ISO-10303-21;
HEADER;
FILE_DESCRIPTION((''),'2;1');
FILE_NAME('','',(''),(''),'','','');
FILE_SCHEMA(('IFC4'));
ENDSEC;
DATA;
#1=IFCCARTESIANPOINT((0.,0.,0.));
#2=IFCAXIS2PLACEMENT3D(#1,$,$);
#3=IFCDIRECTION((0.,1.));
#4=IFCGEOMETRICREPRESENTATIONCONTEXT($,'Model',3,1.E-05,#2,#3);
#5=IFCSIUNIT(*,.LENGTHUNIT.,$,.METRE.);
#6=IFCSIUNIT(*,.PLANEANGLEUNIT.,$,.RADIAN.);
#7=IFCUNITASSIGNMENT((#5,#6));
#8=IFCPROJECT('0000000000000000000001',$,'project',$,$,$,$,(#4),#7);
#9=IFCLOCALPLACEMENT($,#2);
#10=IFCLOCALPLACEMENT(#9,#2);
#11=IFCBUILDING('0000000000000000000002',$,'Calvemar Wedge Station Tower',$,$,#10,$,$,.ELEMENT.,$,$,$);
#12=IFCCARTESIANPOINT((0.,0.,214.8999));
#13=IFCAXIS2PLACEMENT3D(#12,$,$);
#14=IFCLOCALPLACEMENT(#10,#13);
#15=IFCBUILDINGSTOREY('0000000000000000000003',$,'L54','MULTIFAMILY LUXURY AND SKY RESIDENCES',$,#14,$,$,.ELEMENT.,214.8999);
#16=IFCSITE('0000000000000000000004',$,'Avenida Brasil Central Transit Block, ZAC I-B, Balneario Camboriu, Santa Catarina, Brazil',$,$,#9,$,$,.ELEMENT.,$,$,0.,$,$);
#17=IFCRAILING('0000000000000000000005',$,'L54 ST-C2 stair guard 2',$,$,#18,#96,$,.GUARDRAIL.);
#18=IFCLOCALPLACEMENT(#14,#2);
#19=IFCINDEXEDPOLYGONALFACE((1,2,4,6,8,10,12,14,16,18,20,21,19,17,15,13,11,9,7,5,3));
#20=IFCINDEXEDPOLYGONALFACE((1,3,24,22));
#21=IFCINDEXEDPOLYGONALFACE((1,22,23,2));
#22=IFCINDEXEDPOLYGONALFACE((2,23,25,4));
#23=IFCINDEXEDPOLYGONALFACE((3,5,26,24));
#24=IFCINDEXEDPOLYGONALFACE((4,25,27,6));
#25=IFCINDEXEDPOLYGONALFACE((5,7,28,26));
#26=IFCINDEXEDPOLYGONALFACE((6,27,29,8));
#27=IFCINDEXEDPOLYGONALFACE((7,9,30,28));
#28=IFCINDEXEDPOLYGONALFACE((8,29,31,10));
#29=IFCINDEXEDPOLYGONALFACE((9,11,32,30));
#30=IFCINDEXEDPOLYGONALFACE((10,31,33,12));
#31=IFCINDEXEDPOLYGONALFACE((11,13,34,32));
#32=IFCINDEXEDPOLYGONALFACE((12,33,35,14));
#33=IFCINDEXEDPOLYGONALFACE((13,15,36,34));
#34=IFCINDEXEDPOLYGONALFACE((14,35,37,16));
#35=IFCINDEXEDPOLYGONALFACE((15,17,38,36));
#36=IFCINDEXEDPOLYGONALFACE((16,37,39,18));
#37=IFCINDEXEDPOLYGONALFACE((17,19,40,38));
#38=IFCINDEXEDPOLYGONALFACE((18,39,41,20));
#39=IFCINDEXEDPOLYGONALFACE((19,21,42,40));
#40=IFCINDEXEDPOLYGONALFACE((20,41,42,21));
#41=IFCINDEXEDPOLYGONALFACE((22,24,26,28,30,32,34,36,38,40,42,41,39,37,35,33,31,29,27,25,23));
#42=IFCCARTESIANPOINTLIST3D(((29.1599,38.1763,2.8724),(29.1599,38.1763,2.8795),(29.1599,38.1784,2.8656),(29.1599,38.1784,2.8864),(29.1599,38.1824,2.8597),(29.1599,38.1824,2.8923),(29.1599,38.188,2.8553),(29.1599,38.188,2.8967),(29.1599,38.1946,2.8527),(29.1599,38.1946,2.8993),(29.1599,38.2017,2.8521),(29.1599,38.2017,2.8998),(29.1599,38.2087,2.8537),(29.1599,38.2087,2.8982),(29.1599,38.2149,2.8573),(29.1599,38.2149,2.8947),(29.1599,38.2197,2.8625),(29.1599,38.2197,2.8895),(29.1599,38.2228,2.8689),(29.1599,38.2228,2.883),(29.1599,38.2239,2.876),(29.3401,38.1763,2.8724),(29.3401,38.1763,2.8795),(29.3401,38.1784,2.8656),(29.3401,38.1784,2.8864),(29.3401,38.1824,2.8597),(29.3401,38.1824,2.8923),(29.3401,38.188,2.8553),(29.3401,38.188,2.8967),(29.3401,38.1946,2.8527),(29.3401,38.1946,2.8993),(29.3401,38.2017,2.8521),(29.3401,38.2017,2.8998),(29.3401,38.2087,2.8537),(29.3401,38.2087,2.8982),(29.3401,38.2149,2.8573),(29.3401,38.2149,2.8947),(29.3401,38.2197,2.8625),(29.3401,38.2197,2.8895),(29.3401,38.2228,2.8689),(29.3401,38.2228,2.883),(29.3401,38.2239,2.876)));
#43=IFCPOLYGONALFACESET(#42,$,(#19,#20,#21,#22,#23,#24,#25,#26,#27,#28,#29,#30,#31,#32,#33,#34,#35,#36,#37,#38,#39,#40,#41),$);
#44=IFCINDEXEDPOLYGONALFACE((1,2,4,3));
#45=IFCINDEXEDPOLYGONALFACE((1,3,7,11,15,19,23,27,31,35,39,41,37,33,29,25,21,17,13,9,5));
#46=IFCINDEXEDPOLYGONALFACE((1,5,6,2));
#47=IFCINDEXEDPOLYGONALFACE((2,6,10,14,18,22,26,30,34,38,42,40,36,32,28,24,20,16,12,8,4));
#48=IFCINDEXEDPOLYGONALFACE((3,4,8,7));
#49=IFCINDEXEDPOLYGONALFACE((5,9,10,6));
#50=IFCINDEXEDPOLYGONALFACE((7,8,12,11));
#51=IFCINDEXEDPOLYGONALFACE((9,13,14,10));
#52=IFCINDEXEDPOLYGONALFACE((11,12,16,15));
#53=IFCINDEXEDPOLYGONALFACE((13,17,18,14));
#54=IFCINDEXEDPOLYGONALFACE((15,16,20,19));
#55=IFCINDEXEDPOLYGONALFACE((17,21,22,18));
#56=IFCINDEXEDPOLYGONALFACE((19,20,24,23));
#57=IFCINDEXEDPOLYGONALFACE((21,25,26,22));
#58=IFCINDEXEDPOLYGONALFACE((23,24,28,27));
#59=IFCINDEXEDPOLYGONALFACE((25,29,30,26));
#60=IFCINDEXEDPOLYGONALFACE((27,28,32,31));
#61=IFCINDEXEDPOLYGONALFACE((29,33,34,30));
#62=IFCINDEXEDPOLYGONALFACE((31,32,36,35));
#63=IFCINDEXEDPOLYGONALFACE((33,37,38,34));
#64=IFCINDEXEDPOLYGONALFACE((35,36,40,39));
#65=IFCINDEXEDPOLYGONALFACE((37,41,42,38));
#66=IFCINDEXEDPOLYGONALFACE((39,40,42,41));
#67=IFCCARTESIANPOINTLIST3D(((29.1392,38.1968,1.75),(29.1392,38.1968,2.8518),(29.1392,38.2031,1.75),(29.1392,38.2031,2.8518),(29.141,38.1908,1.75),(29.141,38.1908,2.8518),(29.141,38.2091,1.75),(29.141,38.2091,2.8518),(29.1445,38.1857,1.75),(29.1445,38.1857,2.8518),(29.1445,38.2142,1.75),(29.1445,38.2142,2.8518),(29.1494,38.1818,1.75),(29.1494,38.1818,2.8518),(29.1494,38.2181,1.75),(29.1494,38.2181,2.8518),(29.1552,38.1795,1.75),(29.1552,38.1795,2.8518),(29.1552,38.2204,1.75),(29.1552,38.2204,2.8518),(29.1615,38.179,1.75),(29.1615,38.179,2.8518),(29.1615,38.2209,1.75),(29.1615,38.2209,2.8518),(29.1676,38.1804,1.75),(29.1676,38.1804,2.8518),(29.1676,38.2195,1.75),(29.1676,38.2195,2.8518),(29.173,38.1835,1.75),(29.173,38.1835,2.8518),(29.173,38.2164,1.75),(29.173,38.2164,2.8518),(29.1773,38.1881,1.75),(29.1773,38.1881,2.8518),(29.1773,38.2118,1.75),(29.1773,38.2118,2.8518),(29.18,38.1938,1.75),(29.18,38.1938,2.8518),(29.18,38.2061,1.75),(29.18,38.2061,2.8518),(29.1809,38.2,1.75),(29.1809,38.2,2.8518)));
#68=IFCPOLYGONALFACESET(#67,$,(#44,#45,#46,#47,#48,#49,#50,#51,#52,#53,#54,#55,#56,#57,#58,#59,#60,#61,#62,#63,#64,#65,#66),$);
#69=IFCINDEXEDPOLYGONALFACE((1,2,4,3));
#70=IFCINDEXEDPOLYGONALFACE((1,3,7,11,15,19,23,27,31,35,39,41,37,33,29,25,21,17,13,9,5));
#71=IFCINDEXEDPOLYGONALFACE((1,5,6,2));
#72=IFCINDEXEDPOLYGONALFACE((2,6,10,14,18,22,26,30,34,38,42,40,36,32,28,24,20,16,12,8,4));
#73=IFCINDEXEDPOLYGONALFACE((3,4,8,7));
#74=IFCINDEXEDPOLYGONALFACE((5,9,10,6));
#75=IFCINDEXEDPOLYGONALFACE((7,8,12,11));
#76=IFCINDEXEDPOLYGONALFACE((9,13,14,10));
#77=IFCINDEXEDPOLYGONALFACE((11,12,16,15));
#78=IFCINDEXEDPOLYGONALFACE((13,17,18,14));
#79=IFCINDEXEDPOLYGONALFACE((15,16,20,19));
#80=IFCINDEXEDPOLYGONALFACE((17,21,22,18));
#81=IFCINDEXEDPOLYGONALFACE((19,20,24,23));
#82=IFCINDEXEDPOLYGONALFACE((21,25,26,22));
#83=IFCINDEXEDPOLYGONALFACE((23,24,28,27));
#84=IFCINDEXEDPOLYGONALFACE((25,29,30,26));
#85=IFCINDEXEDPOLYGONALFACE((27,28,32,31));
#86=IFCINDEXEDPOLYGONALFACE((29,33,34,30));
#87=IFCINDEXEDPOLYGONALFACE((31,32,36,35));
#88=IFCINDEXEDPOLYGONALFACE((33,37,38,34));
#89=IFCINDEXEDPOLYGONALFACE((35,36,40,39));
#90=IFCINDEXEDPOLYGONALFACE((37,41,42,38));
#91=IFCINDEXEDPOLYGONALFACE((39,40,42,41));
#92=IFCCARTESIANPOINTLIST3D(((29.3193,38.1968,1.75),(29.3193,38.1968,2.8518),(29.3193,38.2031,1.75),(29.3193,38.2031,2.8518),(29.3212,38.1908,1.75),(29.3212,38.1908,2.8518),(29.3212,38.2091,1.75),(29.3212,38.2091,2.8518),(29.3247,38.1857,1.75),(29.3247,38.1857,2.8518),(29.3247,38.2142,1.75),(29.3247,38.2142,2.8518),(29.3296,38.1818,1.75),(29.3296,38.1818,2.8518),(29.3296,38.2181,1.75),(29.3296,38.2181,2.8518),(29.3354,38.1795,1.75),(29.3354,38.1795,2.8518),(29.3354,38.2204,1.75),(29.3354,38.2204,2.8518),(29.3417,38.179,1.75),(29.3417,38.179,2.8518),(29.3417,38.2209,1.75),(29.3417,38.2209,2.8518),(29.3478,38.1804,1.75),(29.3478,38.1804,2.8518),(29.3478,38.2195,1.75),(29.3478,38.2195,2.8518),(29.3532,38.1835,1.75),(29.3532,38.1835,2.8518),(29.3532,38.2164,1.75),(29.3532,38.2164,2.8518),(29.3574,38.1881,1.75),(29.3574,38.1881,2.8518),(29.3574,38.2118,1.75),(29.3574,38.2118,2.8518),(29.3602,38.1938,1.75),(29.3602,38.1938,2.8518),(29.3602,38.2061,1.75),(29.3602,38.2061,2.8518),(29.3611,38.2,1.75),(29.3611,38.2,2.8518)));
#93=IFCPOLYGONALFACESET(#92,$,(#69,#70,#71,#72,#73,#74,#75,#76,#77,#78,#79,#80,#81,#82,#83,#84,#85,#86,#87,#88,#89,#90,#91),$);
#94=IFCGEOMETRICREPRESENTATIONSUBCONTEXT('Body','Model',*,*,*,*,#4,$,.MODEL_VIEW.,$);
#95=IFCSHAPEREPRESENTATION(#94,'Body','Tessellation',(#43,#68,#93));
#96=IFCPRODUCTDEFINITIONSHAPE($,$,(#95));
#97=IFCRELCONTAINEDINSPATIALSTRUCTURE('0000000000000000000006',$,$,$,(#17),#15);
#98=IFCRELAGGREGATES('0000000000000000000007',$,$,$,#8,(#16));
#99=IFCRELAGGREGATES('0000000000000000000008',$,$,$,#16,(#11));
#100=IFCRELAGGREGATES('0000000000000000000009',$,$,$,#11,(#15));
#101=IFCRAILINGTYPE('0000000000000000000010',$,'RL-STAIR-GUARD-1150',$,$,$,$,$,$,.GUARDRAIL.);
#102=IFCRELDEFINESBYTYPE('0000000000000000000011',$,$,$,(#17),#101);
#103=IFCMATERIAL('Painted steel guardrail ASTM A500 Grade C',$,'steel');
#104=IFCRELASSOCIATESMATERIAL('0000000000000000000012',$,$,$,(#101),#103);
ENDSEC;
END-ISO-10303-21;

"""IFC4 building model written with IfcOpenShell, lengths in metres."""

from ifc_helpers import new_model, si_unit, direction, frame, origin, origin_2d, place, context, subcontext, project, spatial, circle, extrude, material, type_object, element, save


model = new_model("IFC4")

# Units and contexts
model_context = context("Model", 3, precision=1e-05, world=origin(), true_north=direction((0.0, 1.0)))
body_context = subcontext(model_context, "Body", "Model", "MODEL_VIEW")
ifc_project = project(units=[si_unit("LENGTHUNIT", "METRE"), si_unit("PLANEANGLEUNIT", "RADIAN")], contexts=[model_context])

# Site, building, storey
site_placement = place(None, origin())
site = spatial("IfcSite", under=ifc_project, at=site_placement, Name="Avenida Brasil Central Transit Block, ZAC I-B, Balneario Camboriu, Santa Catarina, Brazil", CompositionType="ELEMENT", RefElevation=0.0)
building_placement = place(site_placement, origin())
building = spatial("IfcBuilding", under=site, at=building_placement, Name="Calvemar Wedge Station Tower", CompositionType="ELEMENT")
storey_placement = place(building_placement, frame((0.0, 0.0, 214.8999)))
storey = spatial("IfcBuildingStorey", under=building, at=storey_placement, Name="L54", Description="MULTIFAMILY LUXURY AND SKY RESIDENCES", CompositionType="ELEMENT", Elevation=214.8999)

# Railing
ifc_material_1 = material(Name="Painted steel guardrail ASTM A500 Grade C", Category="steel")
railing_type_1 = type_object("IfcRailingType", Name="RL-STAIR-GUARD-1150", PredefinedType="GUARDRAIL", material=ifc_material_1)
railing_1_placement = place(storey_placement, frame((29.1599, 38.2, 1.75)))
element("IfcRailing", 1, at=railing_1_placement, inside=storey, type_object=railing_type_1, Name="L54 ST-C2 stair guard 2", PredefinedType="GUARDRAIL", context=body_context, shape_type="SweptSolid", body=[
    extrude(circle(Radius=0.0239, at=origin_2d()), frame((0.0, 0.0, 1.126), z_axis=(1.0, 0.0, 0.0), x_axis=(0.0, 1.0, 0.0)), (0.0, 0.0, 1.0), 0.1802),
    extrude(circle(Radius=0.021, at=origin_2d()), origin(), (0.0, 0.0, 1.0), 1.1018),
    extrude(circle(Radius=0.021, at=origin_2d()), frame((0.1802, 0.0, 0.0)), (0.0, 0.0, 1.0), 1.1018),
])

save(model, "model.ifc")
